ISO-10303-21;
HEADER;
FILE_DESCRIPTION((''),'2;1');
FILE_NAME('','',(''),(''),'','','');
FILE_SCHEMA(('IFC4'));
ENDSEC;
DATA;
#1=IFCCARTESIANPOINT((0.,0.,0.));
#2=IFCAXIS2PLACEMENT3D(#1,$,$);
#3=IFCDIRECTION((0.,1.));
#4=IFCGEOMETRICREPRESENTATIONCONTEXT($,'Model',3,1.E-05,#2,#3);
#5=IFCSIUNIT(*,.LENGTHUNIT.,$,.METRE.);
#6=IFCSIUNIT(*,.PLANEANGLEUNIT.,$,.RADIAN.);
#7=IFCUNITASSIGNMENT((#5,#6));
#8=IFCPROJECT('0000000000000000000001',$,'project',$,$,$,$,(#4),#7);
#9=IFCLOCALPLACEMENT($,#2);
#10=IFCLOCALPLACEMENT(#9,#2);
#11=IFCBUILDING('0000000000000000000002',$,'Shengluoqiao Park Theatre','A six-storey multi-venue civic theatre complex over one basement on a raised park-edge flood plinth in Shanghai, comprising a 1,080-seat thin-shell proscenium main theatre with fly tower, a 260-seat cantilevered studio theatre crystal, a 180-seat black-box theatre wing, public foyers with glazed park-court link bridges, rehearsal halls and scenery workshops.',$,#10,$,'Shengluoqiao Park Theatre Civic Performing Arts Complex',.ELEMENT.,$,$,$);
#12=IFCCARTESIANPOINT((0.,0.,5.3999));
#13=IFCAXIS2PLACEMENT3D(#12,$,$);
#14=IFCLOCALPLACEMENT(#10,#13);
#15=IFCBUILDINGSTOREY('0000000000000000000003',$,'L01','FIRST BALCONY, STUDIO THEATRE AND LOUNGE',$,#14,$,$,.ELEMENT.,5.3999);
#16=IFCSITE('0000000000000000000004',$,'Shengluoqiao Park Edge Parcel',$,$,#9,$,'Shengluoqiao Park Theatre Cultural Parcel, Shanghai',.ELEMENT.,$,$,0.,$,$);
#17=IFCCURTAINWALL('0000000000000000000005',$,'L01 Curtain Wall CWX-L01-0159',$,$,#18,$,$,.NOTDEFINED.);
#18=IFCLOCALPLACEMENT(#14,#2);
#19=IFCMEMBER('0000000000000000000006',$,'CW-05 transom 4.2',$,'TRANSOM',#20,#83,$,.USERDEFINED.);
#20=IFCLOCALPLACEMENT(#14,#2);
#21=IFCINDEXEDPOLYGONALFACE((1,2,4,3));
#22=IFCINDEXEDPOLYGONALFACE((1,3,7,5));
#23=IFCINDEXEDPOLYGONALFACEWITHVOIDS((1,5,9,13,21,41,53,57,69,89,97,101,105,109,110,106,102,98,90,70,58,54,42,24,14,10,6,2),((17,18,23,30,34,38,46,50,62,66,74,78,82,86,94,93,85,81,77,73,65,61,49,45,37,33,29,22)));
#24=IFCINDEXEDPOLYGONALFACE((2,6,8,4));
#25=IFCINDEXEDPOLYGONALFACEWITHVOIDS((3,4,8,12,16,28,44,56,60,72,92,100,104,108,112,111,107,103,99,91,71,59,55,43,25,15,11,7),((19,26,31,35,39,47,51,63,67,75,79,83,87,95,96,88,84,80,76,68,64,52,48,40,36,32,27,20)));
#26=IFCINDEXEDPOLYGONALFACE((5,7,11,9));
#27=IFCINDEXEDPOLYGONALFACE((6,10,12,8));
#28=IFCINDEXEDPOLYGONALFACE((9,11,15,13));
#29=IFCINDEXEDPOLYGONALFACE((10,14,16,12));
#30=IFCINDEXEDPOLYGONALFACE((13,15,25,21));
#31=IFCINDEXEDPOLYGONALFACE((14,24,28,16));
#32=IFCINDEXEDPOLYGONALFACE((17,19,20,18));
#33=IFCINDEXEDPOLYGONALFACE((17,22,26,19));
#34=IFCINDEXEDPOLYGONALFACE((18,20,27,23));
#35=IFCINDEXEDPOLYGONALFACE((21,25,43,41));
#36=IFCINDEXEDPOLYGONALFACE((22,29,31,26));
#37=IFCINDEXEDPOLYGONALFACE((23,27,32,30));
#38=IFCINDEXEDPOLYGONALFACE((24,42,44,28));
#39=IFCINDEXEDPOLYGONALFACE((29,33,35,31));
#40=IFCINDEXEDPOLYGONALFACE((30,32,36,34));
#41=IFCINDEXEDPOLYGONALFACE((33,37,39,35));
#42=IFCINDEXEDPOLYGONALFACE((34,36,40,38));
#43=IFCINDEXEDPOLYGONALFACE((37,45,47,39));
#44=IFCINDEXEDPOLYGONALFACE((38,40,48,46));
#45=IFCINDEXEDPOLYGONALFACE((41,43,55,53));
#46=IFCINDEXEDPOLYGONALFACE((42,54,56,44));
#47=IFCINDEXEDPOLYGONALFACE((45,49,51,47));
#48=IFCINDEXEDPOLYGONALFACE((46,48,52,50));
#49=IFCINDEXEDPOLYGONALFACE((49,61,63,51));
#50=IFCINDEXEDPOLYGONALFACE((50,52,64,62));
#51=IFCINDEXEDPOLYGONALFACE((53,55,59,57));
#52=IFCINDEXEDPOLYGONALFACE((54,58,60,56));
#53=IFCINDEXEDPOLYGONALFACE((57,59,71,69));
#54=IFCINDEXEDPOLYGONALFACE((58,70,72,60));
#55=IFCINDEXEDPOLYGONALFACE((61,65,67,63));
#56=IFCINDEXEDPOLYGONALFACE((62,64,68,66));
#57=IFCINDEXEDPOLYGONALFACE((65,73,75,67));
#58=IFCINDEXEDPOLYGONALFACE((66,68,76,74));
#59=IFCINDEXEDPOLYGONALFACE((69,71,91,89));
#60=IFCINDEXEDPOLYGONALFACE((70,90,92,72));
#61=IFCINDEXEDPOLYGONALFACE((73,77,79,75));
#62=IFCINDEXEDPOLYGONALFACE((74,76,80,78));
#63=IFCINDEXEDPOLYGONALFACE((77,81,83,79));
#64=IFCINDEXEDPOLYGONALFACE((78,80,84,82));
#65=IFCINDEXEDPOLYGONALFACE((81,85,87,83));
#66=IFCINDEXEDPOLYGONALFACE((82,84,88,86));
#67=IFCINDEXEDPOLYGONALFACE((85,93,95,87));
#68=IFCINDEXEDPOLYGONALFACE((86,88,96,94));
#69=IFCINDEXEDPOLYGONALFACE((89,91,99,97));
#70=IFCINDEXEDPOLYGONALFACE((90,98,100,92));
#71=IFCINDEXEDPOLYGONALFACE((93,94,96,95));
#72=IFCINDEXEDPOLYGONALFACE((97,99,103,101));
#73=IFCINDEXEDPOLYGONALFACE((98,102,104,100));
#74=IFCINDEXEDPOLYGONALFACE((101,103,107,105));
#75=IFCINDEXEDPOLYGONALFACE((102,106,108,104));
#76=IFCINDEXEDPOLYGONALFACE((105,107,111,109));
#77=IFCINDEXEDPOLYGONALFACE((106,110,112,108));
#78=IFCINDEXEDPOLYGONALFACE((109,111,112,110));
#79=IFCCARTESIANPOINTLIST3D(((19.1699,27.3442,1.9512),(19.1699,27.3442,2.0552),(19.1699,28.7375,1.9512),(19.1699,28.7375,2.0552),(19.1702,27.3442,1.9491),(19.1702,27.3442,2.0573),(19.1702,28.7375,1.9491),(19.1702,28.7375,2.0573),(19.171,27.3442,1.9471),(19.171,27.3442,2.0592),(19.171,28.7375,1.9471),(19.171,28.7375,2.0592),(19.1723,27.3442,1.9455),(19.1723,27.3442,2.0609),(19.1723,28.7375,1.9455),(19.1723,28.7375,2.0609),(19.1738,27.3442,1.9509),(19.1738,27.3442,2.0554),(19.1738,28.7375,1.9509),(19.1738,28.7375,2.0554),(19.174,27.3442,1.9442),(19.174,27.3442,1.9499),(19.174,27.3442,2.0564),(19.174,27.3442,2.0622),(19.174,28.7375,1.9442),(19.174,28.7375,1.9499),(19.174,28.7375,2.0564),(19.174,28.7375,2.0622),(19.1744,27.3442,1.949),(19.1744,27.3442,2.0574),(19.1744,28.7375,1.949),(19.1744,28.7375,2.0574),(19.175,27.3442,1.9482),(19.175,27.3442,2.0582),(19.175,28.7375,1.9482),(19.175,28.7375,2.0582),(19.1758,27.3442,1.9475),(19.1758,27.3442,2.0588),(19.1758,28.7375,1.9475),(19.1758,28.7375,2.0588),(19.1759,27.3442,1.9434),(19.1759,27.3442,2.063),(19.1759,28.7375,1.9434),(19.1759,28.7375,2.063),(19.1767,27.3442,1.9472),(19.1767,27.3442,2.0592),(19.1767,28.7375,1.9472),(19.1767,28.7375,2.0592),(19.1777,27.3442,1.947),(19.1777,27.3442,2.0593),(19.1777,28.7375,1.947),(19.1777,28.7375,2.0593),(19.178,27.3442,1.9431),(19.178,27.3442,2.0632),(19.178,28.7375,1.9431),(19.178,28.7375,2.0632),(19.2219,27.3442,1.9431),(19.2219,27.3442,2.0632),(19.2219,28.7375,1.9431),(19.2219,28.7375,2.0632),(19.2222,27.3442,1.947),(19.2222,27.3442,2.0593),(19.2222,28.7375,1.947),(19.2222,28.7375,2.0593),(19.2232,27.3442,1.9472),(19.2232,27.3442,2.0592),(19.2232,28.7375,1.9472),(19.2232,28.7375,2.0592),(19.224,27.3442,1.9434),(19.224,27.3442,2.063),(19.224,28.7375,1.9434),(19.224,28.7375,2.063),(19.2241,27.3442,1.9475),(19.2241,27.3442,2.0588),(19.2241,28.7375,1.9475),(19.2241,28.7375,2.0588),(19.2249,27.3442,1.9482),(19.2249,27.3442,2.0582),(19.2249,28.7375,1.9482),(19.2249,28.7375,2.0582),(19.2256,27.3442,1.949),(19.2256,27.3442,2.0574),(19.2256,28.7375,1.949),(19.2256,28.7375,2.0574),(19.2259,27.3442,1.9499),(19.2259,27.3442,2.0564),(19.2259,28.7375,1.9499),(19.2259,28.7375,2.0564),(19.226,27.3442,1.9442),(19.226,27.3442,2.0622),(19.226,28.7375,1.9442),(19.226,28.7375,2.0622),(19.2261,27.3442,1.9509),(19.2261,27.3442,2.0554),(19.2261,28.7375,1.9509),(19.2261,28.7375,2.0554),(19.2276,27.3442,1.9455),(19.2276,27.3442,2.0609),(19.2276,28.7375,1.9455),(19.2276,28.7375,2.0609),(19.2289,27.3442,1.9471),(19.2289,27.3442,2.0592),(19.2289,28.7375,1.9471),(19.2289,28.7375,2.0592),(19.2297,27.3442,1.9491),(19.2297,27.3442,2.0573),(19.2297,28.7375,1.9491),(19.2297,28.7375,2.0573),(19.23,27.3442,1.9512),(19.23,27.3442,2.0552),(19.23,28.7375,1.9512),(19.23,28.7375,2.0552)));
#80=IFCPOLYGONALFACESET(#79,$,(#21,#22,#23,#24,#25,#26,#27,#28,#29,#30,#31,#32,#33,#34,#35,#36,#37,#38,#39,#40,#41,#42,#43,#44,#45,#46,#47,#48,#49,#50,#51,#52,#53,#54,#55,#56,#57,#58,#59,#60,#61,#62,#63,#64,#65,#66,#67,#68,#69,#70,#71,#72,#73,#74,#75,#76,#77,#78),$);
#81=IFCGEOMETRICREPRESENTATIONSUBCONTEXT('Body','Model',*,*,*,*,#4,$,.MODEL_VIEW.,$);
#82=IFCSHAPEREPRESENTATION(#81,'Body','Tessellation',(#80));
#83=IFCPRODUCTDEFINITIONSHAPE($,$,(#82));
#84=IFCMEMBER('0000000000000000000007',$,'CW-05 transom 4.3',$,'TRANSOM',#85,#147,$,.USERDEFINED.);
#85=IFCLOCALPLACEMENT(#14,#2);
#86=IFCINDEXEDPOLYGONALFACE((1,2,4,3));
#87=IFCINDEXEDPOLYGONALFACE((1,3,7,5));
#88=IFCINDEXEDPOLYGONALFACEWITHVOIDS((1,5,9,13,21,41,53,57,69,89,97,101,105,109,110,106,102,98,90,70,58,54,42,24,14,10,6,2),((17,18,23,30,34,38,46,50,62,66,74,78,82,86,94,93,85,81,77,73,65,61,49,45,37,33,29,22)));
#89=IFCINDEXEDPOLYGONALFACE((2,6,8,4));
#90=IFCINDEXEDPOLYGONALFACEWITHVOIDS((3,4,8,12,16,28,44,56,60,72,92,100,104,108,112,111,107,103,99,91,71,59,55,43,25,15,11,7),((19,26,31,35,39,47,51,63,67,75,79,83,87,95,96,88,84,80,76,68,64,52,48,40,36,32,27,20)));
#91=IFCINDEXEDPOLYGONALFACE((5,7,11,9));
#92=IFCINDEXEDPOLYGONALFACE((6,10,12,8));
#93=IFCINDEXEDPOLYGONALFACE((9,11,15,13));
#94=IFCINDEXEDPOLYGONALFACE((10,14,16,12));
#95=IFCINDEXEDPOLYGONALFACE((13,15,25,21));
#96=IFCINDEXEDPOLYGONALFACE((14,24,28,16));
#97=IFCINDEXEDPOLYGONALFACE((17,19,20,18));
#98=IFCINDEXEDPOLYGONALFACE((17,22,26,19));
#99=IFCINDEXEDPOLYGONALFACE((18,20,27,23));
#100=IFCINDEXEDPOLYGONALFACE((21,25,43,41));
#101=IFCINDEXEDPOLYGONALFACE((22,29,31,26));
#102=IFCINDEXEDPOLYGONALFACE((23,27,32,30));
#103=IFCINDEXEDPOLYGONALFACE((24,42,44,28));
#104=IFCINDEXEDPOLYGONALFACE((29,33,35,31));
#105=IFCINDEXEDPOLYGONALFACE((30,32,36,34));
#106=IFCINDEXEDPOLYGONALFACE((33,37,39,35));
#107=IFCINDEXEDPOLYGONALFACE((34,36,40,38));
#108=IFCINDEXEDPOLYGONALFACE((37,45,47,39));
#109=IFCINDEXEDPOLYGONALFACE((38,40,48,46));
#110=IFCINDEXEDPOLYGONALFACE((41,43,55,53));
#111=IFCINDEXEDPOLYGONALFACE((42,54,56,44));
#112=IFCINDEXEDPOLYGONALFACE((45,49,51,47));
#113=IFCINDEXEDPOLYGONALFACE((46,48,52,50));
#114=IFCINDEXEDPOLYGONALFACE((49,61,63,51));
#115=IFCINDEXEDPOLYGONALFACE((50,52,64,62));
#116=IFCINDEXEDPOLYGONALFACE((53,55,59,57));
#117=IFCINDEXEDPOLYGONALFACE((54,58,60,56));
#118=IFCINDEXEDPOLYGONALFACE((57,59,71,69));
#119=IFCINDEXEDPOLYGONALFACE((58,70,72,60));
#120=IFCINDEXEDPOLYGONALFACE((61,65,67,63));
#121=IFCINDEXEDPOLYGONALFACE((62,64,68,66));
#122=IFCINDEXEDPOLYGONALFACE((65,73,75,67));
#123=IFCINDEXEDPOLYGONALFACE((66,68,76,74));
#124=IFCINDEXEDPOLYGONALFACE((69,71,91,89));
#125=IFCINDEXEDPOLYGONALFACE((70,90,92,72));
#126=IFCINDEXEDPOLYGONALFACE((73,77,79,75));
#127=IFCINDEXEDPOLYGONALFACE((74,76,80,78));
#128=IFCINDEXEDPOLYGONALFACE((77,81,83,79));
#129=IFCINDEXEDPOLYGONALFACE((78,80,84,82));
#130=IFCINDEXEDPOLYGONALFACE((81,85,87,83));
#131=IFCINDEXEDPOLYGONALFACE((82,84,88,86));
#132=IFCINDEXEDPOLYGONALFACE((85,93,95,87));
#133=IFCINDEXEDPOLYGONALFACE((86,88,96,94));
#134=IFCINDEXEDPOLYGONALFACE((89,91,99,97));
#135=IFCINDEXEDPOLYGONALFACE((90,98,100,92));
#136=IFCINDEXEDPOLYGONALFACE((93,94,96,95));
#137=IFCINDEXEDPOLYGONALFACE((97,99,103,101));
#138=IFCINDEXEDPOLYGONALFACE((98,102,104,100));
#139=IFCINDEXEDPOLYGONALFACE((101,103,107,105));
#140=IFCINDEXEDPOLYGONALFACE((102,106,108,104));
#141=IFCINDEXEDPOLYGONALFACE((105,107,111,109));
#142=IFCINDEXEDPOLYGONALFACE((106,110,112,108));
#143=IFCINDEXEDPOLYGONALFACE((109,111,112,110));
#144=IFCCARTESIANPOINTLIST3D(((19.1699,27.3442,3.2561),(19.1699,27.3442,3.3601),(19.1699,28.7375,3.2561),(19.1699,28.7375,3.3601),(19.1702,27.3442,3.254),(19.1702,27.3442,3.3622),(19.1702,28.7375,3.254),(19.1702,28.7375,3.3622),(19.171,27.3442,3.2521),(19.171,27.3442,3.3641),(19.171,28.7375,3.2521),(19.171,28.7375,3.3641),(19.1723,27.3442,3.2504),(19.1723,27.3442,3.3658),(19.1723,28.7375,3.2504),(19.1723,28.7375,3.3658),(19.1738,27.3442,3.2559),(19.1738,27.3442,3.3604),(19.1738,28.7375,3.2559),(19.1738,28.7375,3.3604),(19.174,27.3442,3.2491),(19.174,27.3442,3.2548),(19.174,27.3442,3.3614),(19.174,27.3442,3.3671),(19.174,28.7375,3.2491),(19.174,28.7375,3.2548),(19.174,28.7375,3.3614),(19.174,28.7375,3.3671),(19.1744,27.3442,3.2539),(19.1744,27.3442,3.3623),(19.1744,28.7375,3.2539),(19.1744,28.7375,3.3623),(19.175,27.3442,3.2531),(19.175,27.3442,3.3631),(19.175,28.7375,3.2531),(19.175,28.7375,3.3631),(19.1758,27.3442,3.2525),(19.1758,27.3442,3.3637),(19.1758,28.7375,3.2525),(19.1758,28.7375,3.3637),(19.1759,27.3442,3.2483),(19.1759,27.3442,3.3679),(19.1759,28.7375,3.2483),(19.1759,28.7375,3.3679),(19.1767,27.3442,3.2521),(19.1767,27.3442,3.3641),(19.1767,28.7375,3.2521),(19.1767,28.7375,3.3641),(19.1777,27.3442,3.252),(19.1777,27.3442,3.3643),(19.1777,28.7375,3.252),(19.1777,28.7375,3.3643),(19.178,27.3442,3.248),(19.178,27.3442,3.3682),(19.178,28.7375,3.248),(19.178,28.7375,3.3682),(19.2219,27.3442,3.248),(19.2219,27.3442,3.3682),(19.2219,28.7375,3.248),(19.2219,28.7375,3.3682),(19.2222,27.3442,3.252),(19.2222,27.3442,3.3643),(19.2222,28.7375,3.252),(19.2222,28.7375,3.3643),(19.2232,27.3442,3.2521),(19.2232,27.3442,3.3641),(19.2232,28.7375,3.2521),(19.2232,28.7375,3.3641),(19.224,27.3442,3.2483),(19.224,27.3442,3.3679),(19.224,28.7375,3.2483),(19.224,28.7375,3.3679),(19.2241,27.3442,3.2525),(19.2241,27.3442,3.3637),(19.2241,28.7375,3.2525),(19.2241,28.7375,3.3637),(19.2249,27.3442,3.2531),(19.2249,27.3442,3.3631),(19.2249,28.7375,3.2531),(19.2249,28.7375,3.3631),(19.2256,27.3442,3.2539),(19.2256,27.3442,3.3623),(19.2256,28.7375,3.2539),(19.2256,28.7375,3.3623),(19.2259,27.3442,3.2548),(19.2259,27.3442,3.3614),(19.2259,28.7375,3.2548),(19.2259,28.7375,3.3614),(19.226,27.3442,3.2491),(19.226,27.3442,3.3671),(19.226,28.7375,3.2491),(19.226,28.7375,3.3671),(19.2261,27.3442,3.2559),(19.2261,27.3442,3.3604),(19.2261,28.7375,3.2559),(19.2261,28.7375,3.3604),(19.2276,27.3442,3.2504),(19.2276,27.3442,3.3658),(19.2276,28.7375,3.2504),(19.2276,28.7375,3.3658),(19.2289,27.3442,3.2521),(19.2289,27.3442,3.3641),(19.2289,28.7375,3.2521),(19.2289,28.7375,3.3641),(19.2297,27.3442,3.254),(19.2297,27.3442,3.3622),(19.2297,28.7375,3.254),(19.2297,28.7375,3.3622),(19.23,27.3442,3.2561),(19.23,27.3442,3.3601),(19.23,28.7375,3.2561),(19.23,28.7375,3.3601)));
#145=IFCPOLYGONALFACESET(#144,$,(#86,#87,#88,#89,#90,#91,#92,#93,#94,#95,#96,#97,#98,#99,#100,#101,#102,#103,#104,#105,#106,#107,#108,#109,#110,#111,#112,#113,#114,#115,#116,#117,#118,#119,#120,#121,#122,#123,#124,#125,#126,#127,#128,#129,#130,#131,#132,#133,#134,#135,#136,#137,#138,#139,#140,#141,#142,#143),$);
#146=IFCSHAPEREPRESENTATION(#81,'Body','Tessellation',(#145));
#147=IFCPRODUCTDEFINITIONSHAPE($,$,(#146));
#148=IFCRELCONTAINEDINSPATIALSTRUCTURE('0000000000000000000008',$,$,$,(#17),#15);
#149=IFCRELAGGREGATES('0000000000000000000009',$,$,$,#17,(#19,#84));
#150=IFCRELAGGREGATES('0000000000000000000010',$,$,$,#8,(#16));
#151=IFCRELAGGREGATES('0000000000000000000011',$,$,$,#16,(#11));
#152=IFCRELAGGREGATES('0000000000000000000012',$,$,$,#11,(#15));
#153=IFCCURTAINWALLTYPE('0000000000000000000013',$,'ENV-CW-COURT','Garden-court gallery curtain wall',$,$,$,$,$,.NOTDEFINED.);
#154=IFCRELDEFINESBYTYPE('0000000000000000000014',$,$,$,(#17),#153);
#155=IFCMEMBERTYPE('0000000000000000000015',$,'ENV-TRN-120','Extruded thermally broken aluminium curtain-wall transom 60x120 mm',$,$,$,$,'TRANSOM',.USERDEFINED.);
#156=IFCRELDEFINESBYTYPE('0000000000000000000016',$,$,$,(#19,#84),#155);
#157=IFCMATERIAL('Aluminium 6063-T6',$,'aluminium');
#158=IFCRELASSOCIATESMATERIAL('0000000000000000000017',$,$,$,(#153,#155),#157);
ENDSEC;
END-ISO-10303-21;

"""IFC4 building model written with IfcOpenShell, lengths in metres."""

from ifc_helpers import new_model, si_unit, direction, frame, origin, origin_2d, place, context, subcontext, project, spatial, hollow_rectangle, extrude, material, material_profile, profile_set, type_object, element, aggregate, save


model = new_model("IFC4")

# Units and contexts
model_context = context("Model", 3, precision=1e-05, world=origin(), true_north=direction((0.0, 1.0)))
body_context = subcontext(model_context, "Body", "Model", "MODEL_VIEW")
ifc_project = project(units=[si_unit("LENGTHUNIT", "METRE"), si_unit("PLANEANGLEUNIT", "RADIAN")], contexts=[model_context])

# Site, building, storey
site_placement = place(None, origin())
site = spatial("IfcSite", under=ifc_project, at=site_placement, Name="Shengluoqiao Park Edge Parcel", LongName="Shengluoqiao Park Theatre Cultural Parcel, Shanghai", CompositionType="ELEMENT", RefElevation=0.0)
building_placement = place(site_placement, origin())
building = spatial("IfcBuilding", under=site, at=building_placement, Name="Shengluoqiao Park Theatre", Description="A six-storey multi-venue civic theatre complex over one basement on a raised park-edge flood plinth in Shanghai, comprising a 1,080-seat thin-shell proscenium main theatre with fly tower, a 260-seat cantilevered studio theatre crystal, a 180-seat black-box theatre wing, public foyers with glazed park-court link bridges, rehearsal halls and scenery workshops.", LongName="Shengluoqiao Park Theatre Civic Performing Arts Complex", CompositionType="ELEMENT")
storey_placement = place(building_placement, frame((0.0, 0.0, 5.3999)))
storey = spatial("IfcBuildingStorey", under=building, at=storey_placement, Name="L01", Description="FIRST BALCONY, STUDIO THEATRE AND LOUNGE", CompositionType="ELEMENT", Elevation=5.3999)

# Shared definitions
ifc_material_1 = material(Name="Aluminium 6063-T6", Category="aluminium")

# Curtain wall, members
curtain_wall_type_1 = type_object("IfcCurtainWallType", Name="ENV-CW-COURT", Description="Garden-court gallery curtain wall", PredefinedType="NOTDEFINED", material=ifc_material_1)
curtain_wall_1_placement = place(storey_placement, origin())
curtain_wall_1 = element("IfcCurtainWall", 1, at=curtain_wall_1_placement, inside=storey, type_object=curtain_wall_type_1, Name="L01 Curtain Wall CWX-L01-0159", PredefinedType="NOTDEFINED")
ifc_material_profile_1 = material_profile(ifc_material_1, hollow_rectangle(XDim=0.0601, YDim=0.1201, WallThickness=0.0039, InnerFilletRadius=0.0039, OuterFilletRadius=0.0081, at=origin_2d()), Name="ALU TRANSOM 120x60x4")
ifc_profile_set_1 = profile_set([ifc_material_profile_1], Name="Aluminium 6063-T6")
member_type_1 = type_object("IfcMemberType", Name="ENV-TRN-120", Description="Extruded thermally broken aluminium curtain-wall transom 60x120 mm", ElementType="TRANSOM", PredefinedType="USERDEFINED", material=ifc_profile_set_1)
member_1_placement = place(storey_placement, frame((19.2, 27.3442, 2.0032), z_axis=(0.0, 1.0, 0.0), x_axis=(-1.0, 0.0, 0.0)))
member_1 = element("IfcMember", 2, at=member_1_placement, type_object=member_type_1, Name="CW-05 transom 4.2", ObjectType="TRANSOM", PredefinedType="USERDEFINED", context=body_context, shape_type="SweptSolid", body=[
    extrude(hollow_rectangle(XDim=0.0601, YDim=0.1201, WallThickness=0.0039, InnerFilletRadius=0.0039, OuterFilletRadius=0.0081, at=origin_2d()), origin(), (0.0, 0.0, 1.0), 1.3933),
])
member_2_placement = place(storey_placement, frame((19.2, 27.3442, 3.3081), z_axis=(0.0, 1.0, 0.0), x_axis=(-1.0, 0.0, 0.0)))
member_2 = element("IfcMember", 3, at=member_2_placement, type_object=member_type_1, Name="CW-05 transom 4.3", ObjectType="TRANSOM", PredefinedType="USERDEFINED", context=body_context, shape_type="SweptSolid", body=[
    extrude(hollow_rectangle(XDim=0.0601, YDim=0.1201, WallThickness=0.0039, InnerFilletRadius=0.0039, OuterFilletRadius=0.0081, at=origin_2d()), origin(), (0.0, 0.0, 1.0), 1.3933),
])

aggregate(curtain_wall_1, [member_1, member_2])

save(model, "model.ifc")
